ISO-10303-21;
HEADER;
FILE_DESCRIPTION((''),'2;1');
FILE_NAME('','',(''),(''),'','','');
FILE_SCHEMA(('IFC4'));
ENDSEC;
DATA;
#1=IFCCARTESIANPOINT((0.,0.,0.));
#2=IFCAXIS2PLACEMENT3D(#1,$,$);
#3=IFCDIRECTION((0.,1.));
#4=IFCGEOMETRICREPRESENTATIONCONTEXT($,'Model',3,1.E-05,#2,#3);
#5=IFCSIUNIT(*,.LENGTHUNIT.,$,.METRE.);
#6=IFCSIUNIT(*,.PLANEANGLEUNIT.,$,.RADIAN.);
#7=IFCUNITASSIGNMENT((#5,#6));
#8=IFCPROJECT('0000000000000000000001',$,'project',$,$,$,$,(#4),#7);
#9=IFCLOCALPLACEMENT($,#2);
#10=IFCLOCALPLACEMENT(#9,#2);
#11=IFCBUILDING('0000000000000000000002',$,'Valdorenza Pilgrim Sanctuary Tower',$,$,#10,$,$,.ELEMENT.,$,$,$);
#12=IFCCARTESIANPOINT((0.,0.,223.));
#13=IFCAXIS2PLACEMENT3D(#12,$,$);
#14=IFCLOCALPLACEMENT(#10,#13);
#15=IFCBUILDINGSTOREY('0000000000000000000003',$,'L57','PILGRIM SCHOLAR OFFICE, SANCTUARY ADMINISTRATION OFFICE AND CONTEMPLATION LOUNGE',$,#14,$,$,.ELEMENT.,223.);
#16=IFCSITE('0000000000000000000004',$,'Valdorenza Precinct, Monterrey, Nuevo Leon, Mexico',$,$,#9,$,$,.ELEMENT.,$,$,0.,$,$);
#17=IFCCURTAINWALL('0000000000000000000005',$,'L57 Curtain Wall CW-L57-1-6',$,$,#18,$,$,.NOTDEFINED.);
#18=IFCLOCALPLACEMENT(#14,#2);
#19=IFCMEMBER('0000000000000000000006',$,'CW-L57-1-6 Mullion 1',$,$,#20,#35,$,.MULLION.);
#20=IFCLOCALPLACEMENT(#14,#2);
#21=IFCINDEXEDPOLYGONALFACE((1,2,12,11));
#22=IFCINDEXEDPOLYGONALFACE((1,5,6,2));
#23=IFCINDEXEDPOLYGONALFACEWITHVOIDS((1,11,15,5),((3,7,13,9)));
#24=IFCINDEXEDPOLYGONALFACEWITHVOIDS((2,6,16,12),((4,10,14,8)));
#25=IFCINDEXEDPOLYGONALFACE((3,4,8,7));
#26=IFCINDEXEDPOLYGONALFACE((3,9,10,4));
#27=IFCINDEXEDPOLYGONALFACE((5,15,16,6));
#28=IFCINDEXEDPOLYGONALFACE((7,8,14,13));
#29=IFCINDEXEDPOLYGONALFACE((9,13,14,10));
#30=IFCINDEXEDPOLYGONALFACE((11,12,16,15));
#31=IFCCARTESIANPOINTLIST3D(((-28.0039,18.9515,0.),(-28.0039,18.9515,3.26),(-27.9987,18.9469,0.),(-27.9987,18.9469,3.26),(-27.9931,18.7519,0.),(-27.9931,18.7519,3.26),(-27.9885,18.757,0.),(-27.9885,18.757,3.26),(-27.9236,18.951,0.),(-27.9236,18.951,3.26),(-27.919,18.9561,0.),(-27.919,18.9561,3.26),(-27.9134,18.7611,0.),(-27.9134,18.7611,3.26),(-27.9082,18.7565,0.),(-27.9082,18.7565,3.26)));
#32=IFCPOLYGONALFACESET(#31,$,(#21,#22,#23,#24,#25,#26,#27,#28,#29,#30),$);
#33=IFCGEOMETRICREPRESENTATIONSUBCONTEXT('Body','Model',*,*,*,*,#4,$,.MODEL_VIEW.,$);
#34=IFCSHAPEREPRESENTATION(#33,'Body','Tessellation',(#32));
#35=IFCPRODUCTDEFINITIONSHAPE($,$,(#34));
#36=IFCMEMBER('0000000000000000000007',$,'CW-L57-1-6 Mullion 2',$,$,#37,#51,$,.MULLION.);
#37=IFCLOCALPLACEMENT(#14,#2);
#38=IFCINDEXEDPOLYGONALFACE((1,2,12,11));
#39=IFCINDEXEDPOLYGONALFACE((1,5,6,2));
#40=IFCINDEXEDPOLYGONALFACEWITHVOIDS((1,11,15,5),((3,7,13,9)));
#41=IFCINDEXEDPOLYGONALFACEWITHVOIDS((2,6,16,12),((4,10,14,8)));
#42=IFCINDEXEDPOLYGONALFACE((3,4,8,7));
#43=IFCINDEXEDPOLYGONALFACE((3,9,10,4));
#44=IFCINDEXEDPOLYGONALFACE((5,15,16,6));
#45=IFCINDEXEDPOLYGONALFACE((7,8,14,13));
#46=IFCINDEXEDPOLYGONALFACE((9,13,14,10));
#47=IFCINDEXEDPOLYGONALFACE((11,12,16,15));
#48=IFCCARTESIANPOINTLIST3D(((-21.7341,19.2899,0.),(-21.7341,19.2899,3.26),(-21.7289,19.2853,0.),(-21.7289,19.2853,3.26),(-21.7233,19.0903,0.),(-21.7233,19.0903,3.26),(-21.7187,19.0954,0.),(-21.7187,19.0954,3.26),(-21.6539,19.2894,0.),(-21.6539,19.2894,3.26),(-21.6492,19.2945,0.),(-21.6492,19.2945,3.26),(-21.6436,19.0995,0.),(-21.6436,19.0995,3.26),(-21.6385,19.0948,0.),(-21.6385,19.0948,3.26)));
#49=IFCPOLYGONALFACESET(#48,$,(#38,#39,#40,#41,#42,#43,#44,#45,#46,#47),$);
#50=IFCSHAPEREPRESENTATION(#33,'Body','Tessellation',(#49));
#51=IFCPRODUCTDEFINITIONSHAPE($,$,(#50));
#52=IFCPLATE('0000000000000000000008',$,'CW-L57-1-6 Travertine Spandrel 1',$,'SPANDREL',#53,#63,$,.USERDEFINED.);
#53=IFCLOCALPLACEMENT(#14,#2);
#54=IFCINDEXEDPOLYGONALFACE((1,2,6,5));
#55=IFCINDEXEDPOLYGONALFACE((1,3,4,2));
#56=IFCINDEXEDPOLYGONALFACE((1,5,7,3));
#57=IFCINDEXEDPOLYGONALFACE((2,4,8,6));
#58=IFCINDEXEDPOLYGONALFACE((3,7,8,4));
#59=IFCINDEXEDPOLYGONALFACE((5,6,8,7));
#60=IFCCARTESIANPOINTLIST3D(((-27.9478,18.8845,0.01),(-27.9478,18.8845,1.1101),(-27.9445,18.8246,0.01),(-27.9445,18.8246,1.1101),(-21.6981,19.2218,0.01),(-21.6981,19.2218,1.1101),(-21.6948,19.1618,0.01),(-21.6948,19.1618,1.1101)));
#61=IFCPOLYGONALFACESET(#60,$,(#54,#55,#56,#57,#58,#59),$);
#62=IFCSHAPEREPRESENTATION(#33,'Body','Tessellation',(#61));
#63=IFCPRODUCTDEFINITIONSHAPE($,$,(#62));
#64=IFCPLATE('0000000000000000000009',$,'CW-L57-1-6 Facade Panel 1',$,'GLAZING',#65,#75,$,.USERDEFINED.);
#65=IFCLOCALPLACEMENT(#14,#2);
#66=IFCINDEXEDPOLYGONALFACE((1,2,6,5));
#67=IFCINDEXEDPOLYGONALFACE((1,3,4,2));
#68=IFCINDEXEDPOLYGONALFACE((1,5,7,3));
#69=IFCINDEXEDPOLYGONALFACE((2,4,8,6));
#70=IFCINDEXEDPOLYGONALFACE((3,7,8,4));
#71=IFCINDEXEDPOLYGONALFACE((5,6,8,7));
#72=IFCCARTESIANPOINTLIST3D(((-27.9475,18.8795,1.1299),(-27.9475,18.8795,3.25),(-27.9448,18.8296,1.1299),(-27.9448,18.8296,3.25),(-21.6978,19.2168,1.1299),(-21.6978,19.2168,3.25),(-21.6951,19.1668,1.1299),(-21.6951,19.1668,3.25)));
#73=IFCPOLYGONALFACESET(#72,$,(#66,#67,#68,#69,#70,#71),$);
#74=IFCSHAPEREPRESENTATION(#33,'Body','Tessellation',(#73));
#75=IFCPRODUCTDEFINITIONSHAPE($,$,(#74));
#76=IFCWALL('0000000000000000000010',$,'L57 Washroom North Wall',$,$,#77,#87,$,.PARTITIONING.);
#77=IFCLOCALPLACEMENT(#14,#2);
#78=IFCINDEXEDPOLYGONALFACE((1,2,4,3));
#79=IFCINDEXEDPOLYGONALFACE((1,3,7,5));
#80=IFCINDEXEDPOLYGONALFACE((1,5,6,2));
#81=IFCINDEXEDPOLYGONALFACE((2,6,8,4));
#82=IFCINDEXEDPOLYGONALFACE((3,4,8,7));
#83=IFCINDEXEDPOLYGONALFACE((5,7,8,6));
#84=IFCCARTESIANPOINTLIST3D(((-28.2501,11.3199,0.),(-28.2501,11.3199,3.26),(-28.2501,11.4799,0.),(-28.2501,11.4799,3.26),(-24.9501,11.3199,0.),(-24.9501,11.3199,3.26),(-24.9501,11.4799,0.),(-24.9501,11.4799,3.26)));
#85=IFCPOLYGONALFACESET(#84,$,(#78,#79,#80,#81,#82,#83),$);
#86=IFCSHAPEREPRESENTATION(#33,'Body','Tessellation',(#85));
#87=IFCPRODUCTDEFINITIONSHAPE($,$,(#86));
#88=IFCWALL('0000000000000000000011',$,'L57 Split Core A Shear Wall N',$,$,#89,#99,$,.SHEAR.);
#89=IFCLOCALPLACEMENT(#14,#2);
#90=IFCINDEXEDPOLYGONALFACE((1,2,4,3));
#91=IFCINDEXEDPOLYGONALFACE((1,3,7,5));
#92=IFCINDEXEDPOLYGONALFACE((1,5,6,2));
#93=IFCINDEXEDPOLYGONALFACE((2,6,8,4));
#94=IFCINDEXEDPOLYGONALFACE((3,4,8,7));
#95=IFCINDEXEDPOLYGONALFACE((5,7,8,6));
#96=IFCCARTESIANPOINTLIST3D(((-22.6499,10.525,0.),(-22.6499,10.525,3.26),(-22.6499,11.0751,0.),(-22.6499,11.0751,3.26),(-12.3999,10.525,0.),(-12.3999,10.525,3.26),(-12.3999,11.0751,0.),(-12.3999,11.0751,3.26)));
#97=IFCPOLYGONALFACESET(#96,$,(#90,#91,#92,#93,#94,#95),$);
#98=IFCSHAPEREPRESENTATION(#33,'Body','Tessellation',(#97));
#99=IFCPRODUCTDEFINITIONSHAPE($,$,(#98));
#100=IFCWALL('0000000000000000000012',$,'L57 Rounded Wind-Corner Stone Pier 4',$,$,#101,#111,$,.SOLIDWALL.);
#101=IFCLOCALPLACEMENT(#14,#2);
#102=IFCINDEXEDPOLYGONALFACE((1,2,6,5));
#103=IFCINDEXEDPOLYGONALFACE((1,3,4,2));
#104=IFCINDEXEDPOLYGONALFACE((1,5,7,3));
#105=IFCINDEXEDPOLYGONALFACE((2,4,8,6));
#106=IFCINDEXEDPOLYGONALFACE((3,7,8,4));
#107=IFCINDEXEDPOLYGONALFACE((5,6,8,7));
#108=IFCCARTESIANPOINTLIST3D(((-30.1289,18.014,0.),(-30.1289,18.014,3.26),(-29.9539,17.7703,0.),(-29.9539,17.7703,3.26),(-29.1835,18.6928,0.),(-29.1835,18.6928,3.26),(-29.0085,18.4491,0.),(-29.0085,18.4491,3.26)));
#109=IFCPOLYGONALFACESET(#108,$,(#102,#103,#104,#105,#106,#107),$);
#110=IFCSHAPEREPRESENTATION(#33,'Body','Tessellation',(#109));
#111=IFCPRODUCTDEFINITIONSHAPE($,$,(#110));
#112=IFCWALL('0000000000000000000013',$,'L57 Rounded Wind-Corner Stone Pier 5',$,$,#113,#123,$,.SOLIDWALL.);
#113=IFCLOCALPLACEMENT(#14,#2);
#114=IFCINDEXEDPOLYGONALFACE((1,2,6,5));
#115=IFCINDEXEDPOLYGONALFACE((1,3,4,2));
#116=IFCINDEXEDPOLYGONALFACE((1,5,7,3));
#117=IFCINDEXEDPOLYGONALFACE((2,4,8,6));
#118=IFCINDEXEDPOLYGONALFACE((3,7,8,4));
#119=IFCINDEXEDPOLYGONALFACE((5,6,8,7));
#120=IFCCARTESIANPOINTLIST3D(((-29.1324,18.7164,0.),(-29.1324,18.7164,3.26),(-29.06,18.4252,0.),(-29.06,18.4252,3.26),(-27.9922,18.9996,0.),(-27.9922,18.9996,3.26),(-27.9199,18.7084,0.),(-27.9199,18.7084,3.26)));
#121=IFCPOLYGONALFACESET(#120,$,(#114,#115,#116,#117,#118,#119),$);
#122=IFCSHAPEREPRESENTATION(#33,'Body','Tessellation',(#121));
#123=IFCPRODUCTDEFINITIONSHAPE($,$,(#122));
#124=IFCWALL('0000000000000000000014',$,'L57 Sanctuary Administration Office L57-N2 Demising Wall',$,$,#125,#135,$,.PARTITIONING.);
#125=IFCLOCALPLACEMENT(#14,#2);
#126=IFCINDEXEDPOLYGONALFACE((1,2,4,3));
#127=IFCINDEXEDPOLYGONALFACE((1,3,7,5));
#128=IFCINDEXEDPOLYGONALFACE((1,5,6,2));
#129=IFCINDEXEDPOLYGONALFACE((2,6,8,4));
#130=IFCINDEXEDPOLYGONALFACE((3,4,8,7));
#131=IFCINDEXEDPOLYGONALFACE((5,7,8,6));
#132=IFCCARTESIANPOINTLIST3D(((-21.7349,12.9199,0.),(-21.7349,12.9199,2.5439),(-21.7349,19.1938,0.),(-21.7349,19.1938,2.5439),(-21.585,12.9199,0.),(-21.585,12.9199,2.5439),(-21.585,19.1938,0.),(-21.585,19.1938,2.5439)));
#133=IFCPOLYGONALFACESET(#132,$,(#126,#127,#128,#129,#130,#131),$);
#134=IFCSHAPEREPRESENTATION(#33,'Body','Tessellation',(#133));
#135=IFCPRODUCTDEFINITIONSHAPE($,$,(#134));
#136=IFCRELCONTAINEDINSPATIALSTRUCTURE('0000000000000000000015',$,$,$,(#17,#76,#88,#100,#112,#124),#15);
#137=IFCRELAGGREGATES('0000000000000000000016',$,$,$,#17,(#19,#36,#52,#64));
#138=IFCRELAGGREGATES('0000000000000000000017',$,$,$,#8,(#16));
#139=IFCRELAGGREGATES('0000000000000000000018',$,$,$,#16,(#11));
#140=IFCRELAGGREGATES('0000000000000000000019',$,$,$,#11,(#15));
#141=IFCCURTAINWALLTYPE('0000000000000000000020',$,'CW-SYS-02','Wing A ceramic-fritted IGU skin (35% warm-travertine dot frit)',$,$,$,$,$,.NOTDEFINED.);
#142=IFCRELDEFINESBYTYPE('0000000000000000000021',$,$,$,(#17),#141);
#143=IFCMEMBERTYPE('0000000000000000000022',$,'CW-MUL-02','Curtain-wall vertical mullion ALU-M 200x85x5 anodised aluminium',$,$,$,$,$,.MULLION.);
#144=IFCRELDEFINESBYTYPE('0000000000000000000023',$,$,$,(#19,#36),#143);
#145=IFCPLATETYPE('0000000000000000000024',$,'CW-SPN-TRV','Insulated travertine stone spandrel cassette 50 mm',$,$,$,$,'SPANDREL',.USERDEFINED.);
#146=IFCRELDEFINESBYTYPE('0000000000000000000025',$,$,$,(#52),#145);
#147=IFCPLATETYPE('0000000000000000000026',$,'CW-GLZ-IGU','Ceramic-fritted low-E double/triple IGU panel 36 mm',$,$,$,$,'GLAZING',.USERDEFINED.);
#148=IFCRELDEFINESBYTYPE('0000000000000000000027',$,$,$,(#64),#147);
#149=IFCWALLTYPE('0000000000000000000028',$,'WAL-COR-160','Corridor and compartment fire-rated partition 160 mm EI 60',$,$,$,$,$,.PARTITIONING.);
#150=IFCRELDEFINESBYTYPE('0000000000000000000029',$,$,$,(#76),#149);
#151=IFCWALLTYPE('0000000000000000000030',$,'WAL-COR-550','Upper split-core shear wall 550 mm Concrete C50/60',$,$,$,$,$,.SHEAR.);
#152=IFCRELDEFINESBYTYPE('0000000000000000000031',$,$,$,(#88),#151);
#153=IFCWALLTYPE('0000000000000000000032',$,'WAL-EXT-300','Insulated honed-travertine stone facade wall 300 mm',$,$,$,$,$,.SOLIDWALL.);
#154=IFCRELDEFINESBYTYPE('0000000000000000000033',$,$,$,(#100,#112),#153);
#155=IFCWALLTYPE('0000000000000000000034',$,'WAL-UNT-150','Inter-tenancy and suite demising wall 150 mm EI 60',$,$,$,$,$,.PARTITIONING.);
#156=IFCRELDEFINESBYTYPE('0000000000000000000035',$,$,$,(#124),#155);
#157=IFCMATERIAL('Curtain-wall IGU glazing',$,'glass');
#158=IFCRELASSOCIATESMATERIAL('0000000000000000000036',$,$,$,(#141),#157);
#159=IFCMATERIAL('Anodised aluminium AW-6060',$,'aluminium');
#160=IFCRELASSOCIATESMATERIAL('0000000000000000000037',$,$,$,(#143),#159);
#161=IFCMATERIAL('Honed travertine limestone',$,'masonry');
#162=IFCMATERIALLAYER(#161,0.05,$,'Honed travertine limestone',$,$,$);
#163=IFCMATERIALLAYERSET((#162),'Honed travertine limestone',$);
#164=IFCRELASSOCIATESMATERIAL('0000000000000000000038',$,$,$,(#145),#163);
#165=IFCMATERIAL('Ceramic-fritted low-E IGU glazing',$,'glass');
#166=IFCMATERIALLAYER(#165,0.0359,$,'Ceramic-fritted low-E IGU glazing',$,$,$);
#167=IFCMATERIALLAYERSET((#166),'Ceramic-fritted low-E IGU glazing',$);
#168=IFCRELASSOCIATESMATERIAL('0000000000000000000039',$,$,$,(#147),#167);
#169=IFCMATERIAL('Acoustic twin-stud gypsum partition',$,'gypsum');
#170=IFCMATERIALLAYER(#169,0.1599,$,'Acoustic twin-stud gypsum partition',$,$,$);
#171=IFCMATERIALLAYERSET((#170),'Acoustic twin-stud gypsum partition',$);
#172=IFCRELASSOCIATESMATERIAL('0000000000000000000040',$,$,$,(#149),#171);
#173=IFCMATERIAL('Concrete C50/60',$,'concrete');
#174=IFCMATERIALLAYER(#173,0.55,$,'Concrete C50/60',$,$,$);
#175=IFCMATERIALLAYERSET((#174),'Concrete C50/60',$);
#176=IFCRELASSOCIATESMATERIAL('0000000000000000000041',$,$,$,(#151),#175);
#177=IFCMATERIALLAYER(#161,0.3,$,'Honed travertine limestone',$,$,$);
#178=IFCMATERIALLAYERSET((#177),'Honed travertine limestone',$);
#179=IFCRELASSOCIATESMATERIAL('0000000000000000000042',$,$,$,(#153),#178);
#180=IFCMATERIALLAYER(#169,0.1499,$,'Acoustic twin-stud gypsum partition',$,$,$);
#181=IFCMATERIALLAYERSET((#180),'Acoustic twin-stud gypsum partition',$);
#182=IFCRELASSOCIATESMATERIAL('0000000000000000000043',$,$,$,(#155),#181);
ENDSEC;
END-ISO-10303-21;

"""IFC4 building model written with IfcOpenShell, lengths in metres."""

from ifc_helpers import new_model, si_unit, direction, frame, frame_2d, origin, origin_2d, place, context, subcontext, project, spatial, rectangle, hollow_rectangle, extrude, source, transform, mapped, material, layer, layer_set, material_profile, profile_set, type_object, element, aggregate, save


model = new_model("IFC4")

# Units and contexts
model_context = context("Model", 3, precision=1e-05, world=origin(), true_north=direction((0.0, 1.0)))
body_context = subcontext(model_context, "Body", "Model", "MODEL_VIEW")
ifc_project = project(units=[si_unit("LENGTHUNIT", "METRE"), si_unit("PLANEANGLEUNIT", "RADIAN")], contexts=[model_context])

# Site, building, storey
site_placement = place(None, origin())
site = spatial("IfcSite", under=ifc_project, at=site_placement, Name="Valdorenza Precinct, Monterrey, Nuevo Leon, Mexico", CompositionType="ELEMENT", RefElevation=0.0)
building_placement = place(site_placement, origin())
building = spatial("IfcBuilding", under=site, at=building_placement, Name="Valdorenza Pilgrim Sanctuary Tower", CompositionType="ELEMENT")
storey_placement = place(building_placement, frame((0.0, 0.0, 223.0)))
storey = spatial("IfcBuildingStorey", under=building, at=storey_placement, Name="L57", Description="PILGRIM SCHOLAR OFFICE, SANCTUARY ADMINISTRATION OFFICE AND CONTEMPLATION LOUNGE", CompositionType="ELEMENT", Elevation=223.0)

# Shared definitions
ifc_material_1 = material(Name="Concrete C50/60", Category="concrete")

# Curtain wall, members, plates
ifc_material_2 = material(Name="Curtain-wall IGU glazing", Category="glass")
curtain_wall_type = type_object("IfcCurtainWallType", Name="CW-SYS-02", Description="Wing A ceramic-fritted IGU skin (35% warm-travertine dot frit)", PredefinedType="NOTDEFINED", material=ifc_material_2)
curtain_wall_placement = place(storey_placement, origin())
curtain_wall = element("IfcCurtainWall", 1, at=curtain_wall_placement, inside=storey, type_object=curtain_wall_type, Name="L57 Curtain Wall CW-L57-1-6", PredefinedType="NOTDEFINED")
ifc_material_3 = material(Name="Anodised aluminium AW-6060", Category="aluminium")
ifc_material_profile_1 = material_profile(ifc_material_3, hollow_rectangle(XDim=0.085, YDim=0.2, WallThickness=0.0049, at=origin_2d()), Name="ALU-M 200x85x5")
ifc_profile_set_1 = profile_set([ifc_material_profile_1], Name="Anodised aluminium AW-6060")
member_type_1 = type_object("IfcMemberType", Name="CW-MUL-02", Description="Curtain-wall vertical mullion ALU-M 200x85x5 anodised aluminium", PredefinedType="MULLION", material=ifc_profile_set_1)
shared_shape_1 = source(origin(), body_context, "Body", "SweptSolid", [
    extrude(hollow_rectangle(XDim=0.085, YDim=0.2, WallThickness=0.0049, at=origin_2d()), origin(), (0.0, 0.0, 1.0), 3.26),
])
member_1_placement = place(storey_placement, frame((-27.9561, 18.854, 0.0), z_axis=(0.0, 0.0, 1.0), x_axis=(0.998547, 0.053887, 0.0)))
member_1 = element("IfcMember", 2, at=member_1_placement, type_object=member_type_1, Name="CW-L57-1-6 Mullion 1", PredefinedType="MULLION", context=body_context, shape_type="MappedRepresentation", body=[
    mapped(shared_shape_1, transform((0.0, 0.0, 0.0), x_axis=(1.0, 0.0, 0.0), y_axis=(0.0, 1.0, 0.0), z_axis=(0.0, 0.0, 1.0), scale=1.0)),
])
member_2_placement = place(storey_placement, frame((-21.6863, 19.1924, 0.0), z_axis=(0.0, 0.0, 1.0), x_axis=(0.998547, 0.053887, 0.0)))
member_2 = element("IfcMember", 3, at=member_2_placement, type_object=member_type_1, Name="CW-L57-1-6 Mullion 2", PredefinedType="MULLION", context=body_context, shape_type="MappedRepresentation", body=[
    mapped(shared_shape_1, transform((0.0, 0.0, 0.0), x_axis=(1.0, 0.0, 0.0), y_axis=(0.0, 1.0, 0.0), z_axis=(0.0, 0.0, 1.0), scale=1.0)),
])
ifc_material_4 = material(Name="Honed travertine limestone", Category="masonry")
ifc_layer_1 = layer(ifc_material_4, 0.05, Name="Honed travertine limestone")
ifc_layer_set_1 = layer_set([ifc_layer_1], Name="Honed travertine limestone")
plate_type_1 = type_object("IfcPlateType", Name="CW-SPN-TRV", Description="Insulated travertine stone spandrel cassette 50 mm", ElementType="SPANDREL", PredefinedType="USERDEFINED", material=ifc_layer_set_1)
shared_shape_2 = source(origin(), body_context, "Body", "SweptSolid", [
    extrude(rectangle(XDim=6.2588, YDim=0.0601, at=origin_2d()), origin(), (0.0, 0.0, 1.0), 1.1001),
])
plate_1_placement = place(storey_placement, frame((-24.8213, 19.0232, 0.01), z_axis=(0.0, 0.0, 1.0), x_axis=(0.998547, 0.053887, 0.0)))
plate_1 = element("IfcPlate", 4, at=plate_1_placement, type_object=plate_type_1, Name="CW-L57-1-6 Travertine Spandrel 1", ObjectType="SPANDREL", PredefinedType="USERDEFINED", context=body_context, shape_type="MappedRepresentation", body=[
    mapped(shared_shape_2, transform((0.0, 0.0, 0.0), x_axis=(1.0, 0.0, 0.0), y_axis=(0.0, 1.0, 0.0), z_axis=(0.0, 0.0, 1.0), scale=1.0)),
])
ifc_material_5 = material(Name="Ceramic-fritted low-E IGU glazing", Category="glass")
ifc_layer_2 = layer(ifc_material_5, 0.0359, Name="Ceramic-fritted low-E IGU glazing")
ifc_layer_set_2 = layer_set([ifc_layer_2], Name="Ceramic-fritted low-E IGU glazing")
plate_type_2 = type_object("IfcPlateType", Name="CW-GLZ-IGU", Description="Ceramic-fritted low-E double/triple IGU panel 36 mm", ElementType="GLAZING", PredefinedType="USERDEFINED", material=ifc_layer_set_2)
shared_shape_3 = source(origin(), body_context, "Body", "SweptSolid", [
    extrude(rectangle(XDim=6.2588, YDim=0.05, at=origin_2d()), origin(), (0.0, 0.0, 1.0), 2.1201),
])
plate_2_placement = place(storey_placement, frame((-24.8213, 19.0232, 1.1299), z_axis=(0.0, 0.0, 1.0), x_axis=(0.998547, 0.053887, 0.0)))
plate_2 = element("IfcPlate", 5, at=plate_2_placement, type_object=plate_type_2, Name="CW-L57-1-6 Facade Panel 1", ObjectType="GLAZING", PredefinedType="USERDEFINED", context=body_context, shape_type="MappedRepresentation", body=[
    mapped(shared_shape_3, transform((0.0, 0.0, 0.0), x_axis=(1.0, 0.0, 0.0), y_axis=(0.0, 1.0, 0.0), z_axis=(0.0, 0.0, 1.0), scale=1.0)),
])
aggregate(curtain_wall, [member_1, member_2, plate_1, plate_2])

# Walls
ifc_material_6 = material(Name="Acoustic twin-stud gypsum partition", Category="gypsum")
ifc_layer_3 = layer(ifc_material_6, 0.1599, Name="Acoustic twin-stud gypsum partition")
ifc_layer_set_3 = layer_set([ifc_layer_3], Name="Acoustic twin-stud gypsum partition")
wall_type_1 = type_object("IfcWallType", Name="WAL-COR-160", Description="Corridor and compartment fire-rated partition 160 mm EI 60", PredefinedType="PARTITIONING", material=ifc_layer_set_3)
wall_1_placement = place(storey_placement, frame((-28.25, 11.3999, 0.0), z_axis=(0.0, 0.0, 1.0), x_axis=(1.0, 0.0, 0.0)))
element("IfcWall", 6, at=wall_1_placement, inside=storey, type_object=wall_type_1, Name="L57 Washroom North Wall", PredefinedType="PARTITIONING", context=body_context, shape_type="SweptSolid", body=[
    extrude(rectangle(XDim=3.3, YDim=0.1599, at=frame_2d((1.6499, 0.0))), origin(), (0.0, 0.0, 1.0), 3.26),
])
ifc_layer_4 = layer(ifc_material_1, 0.55, Name="Concrete C50/60")
ifc_layer_set_4 = layer_set([ifc_layer_4], Name="Concrete C50/60")
wall_type_2 = type_object("IfcWallType", Name="WAL-COR-550", Description="Upper split-core shear wall 550 mm Concrete C50/60", PredefinedType="SHEAR", material=ifc_layer_set_4)
wall_2_placement = place(storey_placement, frame((-22.6499, 10.8, 0.0), z_axis=(0.0, 0.0, 1.0), x_axis=(1.0, 0.0, 0.0)))
element("IfcWall", 7, at=wall_2_placement, inside=storey, type_object=wall_type_2, Name="L57 Split Core A Shear Wall N", PredefinedType="SHEAR", context=body_context, shape_type="SweptSolid", body=[
    extrude(rectangle(XDim=10.25, YDim=0.55, at=frame_2d((5.125, 0.0))), origin(), (0.0, 0.0, 1.0), 3.26),
])
ifc_layer_5 = layer(ifc_material_4, 0.3, Name="Honed travertine limestone")
ifc_layer_set_5 = layer_set([ifc_layer_5], Name="Honed travertine limestone")
wall_type_3 = type_object("IfcWallType", Name="WAL-EXT-300", Description="Insulated honed-travertine stone facade wall 300 mm", PredefinedType="SOLIDWALL", material=ifc_layer_set_5)
wall_3_placement = place(storey_placement, frame((-30.0415, 17.8921, 0.0), z_axis=(0.0, 0.0, 1.0), x_axis=(0.812314, 0.583221, 0.0)))
element("IfcWall", 8, at=wall_3_placement, inside=storey, type_object=wall_type_3, Name="L57 Rounded Wind-Corner Stone Pier 4", PredefinedType="SOLIDWALL", context=body_context, shape_type="SweptSolid", body=[
    extrude(rectangle(XDim=1.1638, YDim=0.3, at=frame_2d((0.582, 0.0))), origin(), (0.0, 0.0, 1.0), 3.26),
])
wall_4_placement = place(storey_placement, frame((-29.0962, 18.5708, 0.0), z_axis=(0.0, 0.0, 1.0), x_axis=(0.970508, 0.241068, 0.0)))
element("IfcWall", 9, at=wall_4_placement, inside=storey, type_object=wall_type_3, Name="L57 Rounded Wind-Corner Stone Pier 5", PredefinedType="SOLIDWALL", context=body_context, shape_type="SweptSolid", body=[
    extrude(rectangle(XDim=1.1748, YDim=0.3, at=frame_2d((0.5874, 0.0))), origin(), (0.0, 0.0, 1.0), 3.26),
])
ifc_layer_6 = layer(ifc_material_6, 0.1499, Name="Acoustic twin-stud gypsum partition")
ifc_layer_set_6 = layer_set([ifc_layer_6], Name="Acoustic twin-stud gypsum partition")
wall_type_4 = type_object("IfcWallType", Name="WAL-UNT-150", Description="Inter-tenancy and suite demising wall 150 mm EI 60", PredefinedType="PARTITIONING", material=ifc_layer_set_6)
wall_5_placement = place(storey_placement, frame((-21.6599, 12.9199, 0.0), z_axis=(0.0, 0.0, 1.0), x_axis=(0.0, 1.0, 0.0)))
element("IfcWall", 10, at=wall_5_placement, inside=storey, type_object=wall_type_4, Name="L57 Sanctuary Administration Office L57-N2 Demising Wall", PredefinedType="PARTITIONING", context=body_context, shape_type="SweptSolid", body=[
    extrude(rectangle(XDim=6.2739, YDim=0.1499, at=frame_2d((3.137, 0.0))), origin(), (0.0, 0.0, 1.0), 2.5439),
])

save(model, "model.ifc")
